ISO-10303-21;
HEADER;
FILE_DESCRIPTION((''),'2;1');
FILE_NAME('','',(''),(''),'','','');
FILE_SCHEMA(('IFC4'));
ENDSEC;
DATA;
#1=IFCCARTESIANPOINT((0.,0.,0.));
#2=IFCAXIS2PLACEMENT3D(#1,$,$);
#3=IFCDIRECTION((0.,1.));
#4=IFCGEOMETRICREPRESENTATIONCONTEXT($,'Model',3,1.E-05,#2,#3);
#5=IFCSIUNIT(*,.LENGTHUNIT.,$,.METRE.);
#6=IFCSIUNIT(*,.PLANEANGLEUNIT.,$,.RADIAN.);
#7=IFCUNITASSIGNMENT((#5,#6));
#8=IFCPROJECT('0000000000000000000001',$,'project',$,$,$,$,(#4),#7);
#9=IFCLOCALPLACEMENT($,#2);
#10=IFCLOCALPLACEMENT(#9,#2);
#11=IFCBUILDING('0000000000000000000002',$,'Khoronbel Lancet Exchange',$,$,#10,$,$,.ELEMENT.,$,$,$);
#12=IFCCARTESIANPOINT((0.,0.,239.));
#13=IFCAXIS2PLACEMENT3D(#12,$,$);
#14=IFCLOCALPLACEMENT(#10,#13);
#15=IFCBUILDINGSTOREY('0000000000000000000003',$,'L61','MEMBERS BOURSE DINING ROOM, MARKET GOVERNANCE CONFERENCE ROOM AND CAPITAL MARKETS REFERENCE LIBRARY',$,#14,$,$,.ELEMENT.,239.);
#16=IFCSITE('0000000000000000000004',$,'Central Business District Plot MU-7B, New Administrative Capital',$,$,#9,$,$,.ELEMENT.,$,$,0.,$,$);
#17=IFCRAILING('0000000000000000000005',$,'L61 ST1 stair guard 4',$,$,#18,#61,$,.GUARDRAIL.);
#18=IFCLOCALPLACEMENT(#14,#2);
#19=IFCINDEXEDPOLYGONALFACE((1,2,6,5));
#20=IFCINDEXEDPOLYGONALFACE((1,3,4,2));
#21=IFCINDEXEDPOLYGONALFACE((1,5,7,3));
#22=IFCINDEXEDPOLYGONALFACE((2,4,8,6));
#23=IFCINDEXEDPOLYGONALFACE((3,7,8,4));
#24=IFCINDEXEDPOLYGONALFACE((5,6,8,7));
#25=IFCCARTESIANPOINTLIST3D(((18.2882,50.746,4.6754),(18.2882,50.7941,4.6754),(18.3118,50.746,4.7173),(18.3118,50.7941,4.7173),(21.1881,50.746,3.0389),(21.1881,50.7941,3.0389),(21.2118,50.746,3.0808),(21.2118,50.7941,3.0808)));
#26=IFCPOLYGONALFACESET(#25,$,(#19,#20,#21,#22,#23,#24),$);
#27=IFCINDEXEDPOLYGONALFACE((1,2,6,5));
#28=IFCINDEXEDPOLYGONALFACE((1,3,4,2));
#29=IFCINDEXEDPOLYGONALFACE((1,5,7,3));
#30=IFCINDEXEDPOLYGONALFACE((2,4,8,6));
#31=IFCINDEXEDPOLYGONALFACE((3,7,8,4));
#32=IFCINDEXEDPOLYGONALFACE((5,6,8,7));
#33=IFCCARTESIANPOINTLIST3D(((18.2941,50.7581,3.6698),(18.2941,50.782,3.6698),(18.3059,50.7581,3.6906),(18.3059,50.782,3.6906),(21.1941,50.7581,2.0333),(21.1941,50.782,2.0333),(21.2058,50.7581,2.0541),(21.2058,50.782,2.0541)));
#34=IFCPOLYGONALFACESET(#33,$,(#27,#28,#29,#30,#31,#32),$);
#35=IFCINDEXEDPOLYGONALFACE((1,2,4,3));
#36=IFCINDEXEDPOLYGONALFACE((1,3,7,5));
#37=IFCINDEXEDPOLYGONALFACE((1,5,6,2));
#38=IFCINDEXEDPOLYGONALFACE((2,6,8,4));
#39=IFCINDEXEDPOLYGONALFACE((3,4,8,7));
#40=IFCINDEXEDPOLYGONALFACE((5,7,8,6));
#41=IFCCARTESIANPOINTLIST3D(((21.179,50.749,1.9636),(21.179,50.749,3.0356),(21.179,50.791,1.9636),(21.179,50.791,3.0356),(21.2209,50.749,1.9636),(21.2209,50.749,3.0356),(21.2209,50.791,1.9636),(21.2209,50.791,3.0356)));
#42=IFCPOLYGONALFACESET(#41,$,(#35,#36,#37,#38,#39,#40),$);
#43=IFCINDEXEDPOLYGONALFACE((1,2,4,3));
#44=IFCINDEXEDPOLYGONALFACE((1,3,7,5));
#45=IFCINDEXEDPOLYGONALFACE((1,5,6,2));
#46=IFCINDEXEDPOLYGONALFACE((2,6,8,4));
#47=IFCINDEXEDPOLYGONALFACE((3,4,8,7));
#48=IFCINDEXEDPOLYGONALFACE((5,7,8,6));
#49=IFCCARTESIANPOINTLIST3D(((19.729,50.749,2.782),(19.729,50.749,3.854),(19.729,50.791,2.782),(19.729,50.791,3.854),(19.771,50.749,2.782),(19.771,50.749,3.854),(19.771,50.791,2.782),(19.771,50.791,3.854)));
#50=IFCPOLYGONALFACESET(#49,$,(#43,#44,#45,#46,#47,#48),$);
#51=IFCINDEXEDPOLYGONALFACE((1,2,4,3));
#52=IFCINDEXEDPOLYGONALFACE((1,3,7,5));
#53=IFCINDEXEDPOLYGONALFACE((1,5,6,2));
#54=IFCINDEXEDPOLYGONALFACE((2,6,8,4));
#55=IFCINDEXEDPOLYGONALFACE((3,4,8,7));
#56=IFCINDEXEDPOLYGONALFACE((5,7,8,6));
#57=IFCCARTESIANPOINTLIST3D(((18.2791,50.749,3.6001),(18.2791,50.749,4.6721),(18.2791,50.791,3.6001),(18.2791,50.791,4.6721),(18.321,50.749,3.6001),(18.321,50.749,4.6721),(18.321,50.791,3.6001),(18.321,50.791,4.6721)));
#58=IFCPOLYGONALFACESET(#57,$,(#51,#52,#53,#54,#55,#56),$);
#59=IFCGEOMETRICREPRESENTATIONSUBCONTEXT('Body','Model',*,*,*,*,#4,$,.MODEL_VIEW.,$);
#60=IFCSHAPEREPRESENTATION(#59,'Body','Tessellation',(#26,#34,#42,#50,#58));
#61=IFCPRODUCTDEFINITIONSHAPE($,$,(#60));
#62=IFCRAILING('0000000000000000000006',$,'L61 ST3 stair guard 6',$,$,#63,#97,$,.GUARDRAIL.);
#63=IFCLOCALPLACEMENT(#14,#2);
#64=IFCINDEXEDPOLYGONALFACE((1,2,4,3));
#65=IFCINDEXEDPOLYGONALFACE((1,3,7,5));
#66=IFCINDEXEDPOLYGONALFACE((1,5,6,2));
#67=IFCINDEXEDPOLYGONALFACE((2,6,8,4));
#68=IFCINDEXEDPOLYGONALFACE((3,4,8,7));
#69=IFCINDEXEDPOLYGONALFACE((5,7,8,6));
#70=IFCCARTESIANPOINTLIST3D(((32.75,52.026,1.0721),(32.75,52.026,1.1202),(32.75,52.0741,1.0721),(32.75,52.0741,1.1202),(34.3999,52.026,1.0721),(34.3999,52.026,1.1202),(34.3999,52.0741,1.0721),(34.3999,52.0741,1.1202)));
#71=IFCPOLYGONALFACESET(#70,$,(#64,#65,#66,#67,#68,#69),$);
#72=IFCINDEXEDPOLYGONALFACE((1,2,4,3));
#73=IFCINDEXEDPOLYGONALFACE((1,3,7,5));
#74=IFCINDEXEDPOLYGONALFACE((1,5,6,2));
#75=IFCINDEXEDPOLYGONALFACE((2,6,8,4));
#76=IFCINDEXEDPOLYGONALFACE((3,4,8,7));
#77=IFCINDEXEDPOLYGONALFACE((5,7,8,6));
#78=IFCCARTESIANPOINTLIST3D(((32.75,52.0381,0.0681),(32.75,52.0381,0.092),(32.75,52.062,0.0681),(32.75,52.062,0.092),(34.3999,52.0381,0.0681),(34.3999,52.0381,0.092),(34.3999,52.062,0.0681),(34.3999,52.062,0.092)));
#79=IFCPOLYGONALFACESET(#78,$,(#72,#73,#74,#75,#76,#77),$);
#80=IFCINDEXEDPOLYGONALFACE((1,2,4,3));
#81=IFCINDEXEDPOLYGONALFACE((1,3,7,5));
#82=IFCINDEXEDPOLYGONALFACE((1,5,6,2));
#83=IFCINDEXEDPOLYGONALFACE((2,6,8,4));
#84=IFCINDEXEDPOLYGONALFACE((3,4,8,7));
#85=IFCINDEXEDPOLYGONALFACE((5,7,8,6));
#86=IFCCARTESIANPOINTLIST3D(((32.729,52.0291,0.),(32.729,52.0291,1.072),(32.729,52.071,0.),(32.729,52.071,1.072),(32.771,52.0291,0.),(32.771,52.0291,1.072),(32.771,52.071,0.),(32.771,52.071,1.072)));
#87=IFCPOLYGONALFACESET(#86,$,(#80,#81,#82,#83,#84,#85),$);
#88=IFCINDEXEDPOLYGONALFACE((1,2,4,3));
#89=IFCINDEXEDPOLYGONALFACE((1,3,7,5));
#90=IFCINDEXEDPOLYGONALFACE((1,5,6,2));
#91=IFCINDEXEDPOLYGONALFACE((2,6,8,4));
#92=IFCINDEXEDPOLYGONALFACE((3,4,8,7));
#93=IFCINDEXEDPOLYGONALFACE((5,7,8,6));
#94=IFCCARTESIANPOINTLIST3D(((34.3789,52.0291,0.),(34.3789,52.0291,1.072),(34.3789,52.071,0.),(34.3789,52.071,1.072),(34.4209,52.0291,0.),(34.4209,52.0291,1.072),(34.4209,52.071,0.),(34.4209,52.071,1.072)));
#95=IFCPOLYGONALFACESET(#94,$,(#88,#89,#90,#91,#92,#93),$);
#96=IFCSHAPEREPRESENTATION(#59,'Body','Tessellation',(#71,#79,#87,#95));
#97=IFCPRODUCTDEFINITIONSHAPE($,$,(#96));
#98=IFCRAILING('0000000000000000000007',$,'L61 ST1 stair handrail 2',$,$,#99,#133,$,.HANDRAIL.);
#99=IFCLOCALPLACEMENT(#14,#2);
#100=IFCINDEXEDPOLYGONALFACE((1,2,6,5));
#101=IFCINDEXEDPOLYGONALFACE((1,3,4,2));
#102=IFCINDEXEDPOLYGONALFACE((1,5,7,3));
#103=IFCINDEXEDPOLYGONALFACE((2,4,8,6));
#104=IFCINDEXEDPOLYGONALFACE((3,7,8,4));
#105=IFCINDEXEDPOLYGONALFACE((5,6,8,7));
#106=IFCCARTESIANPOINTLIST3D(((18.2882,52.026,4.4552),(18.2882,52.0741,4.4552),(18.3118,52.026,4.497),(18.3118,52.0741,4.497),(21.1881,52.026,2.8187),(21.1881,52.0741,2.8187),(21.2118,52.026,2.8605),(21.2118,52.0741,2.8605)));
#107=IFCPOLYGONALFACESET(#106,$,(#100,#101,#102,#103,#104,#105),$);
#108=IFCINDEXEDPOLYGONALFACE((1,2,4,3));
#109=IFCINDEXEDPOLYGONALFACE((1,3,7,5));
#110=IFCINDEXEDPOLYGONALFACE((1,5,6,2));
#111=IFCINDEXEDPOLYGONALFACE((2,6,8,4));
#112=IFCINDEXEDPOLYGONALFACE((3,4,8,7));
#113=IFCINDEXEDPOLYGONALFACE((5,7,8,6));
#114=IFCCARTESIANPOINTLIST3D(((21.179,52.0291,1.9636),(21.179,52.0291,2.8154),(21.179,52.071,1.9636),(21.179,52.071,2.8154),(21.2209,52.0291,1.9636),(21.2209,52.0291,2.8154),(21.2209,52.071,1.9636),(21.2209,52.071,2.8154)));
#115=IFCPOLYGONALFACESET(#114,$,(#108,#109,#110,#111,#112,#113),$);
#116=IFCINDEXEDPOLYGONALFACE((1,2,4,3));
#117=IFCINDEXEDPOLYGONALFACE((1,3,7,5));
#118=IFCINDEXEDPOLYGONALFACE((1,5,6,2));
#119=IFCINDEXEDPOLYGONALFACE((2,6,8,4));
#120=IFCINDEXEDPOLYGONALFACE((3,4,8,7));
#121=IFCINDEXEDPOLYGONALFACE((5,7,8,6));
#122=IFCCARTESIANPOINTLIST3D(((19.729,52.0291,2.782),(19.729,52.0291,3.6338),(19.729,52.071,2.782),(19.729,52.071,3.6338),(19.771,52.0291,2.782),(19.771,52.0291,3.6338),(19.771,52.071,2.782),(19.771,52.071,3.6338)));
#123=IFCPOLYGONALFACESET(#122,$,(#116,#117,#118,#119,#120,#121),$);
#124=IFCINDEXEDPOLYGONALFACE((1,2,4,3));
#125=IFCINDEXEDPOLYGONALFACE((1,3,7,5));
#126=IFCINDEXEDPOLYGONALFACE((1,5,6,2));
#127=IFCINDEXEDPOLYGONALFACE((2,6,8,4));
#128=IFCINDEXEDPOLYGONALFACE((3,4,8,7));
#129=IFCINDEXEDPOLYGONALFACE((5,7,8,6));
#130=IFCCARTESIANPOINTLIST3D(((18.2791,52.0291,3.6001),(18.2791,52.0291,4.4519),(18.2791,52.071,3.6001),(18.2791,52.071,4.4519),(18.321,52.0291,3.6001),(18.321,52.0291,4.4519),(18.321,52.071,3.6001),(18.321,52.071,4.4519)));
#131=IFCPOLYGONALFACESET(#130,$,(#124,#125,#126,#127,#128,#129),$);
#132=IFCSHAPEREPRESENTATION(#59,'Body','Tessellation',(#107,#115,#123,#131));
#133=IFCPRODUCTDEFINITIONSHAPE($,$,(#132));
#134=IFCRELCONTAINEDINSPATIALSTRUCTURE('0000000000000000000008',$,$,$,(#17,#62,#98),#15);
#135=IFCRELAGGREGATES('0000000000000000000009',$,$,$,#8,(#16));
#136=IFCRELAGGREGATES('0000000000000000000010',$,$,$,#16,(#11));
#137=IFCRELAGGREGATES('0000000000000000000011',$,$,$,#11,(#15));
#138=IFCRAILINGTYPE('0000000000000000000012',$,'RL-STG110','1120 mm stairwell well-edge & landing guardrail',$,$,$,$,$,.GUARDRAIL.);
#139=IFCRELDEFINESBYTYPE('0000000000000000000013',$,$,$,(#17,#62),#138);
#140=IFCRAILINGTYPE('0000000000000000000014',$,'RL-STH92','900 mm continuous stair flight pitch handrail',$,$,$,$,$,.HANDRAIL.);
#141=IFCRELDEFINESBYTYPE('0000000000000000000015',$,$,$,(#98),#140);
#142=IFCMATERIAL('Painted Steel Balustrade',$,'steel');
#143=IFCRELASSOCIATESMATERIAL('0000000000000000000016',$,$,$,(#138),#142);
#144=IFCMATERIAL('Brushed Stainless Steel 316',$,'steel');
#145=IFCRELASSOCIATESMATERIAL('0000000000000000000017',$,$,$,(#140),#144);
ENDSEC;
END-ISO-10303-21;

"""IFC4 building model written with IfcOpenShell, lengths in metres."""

from ifc_helpers import new_model, si_unit, direction, frame, origin, origin_2d, place, context, subcontext, project, spatial, rectangle, extrude, material, type_object, element, save


model = new_model("IFC4")

# Units and contexts
model_context = context("Model", 3, precision=1e-05, world=origin(), true_north=direction((0.0, 1.0)))
body_context = subcontext(model_context, "Body", "Model", "MODEL_VIEW")
ifc_project = project(units=[si_unit("LENGTHUNIT", "METRE"), si_unit("PLANEANGLEUNIT", "RADIAN")], contexts=[model_context])

# Site, building, storey
site_placement = place(None, origin())
site = spatial("IfcSite", under=ifc_project, at=site_placement, Name="Central Business District Plot MU-7B, New Administrative Capital", CompositionType="ELEMENT", RefElevation=0.0)
building_placement = place(site_placement, origin())
building = spatial("IfcBuilding", under=site, at=building_placement, Name="Khoronbel Lancet Exchange", CompositionType="ELEMENT")
storey_placement = place(building_placement, frame((0.0, 0.0, 239.0)))
storey = spatial("IfcBuildingStorey", under=building, at=storey_placement, Name="L61", Description="MEMBERS BOURSE DINING ROOM, MARKET GOVERNANCE CONFERENCE ROOM AND CAPITAL MARKETS REFERENCE LIBRARY", CompositionType="ELEMENT", Elevation=239.0)

# Railings
ifc_material_1 = material(Name="Painted Steel Balustrade", Category="steel")
railing_type_1 = type_object("IfcRailingType", Name="RL-STG110", Description="1120 mm stairwell well-edge & landing guardrail", PredefinedType="GUARDRAIL", material=ifc_material_1)
railing_1_placement = place(storey_placement, frame((21.2, 50.77, 1.9636)))
element("IfcRailing", 1, at=railing_1_placement, inside=storey, type_object=railing_type_1, Name="L61 ST1 stair guard 4", PredefinedType="GUARDRAIL", context=body_context, shape_type="SweptSolid", body=[
    extrude(rectangle(XDim=0.0481, YDim=0.0481, at=origin_2d()), frame((0.0, 0.0, 1.0962), z_axis=(-0.870897, 0.0, 0.491465), x_axis=(0.0, -1.0, 0.0)), (0.0, 0.0, 1.0), 3.3298),
    extrude(rectangle(XDim=0.0239, YDim=0.0239, at=origin_2d()), frame((0.0, 0.0, 0.0801), z_axis=(-0.870897, 0.0, 0.491465), x_axis=(0.0, -1.0, 0.0)), (0.0, 0.0, 1.0), 3.3298),
    extrude(rectangle(XDim=0.042, YDim=0.042, at=origin_2d()), origin(), (0.0, 0.0, 1.0), 1.072),
    extrude(rectangle(XDim=0.042, YDim=0.042, at=origin_2d()), frame((-1.45, 0.0, 0.8184)), (0.0, 0.0, 1.0), 1.072),
    extrude(rectangle(XDim=0.042, YDim=0.042, at=origin_2d()), frame((-2.8999, 0.0, 1.6365)), (0.0, 0.0, 1.0), 1.072),
])
railing_2_placement = place(storey_placement, frame((32.75, 52.05, 0.0)))
element("IfcRailing", 2, at=railing_2_placement, inside=storey, type_object=railing_type_1, Name="L61 ST3 stair guard 6", PredefinedType="GUARDRAIL", context=body_context, shape_type="SweptSolid", body=[
    extrude(rectangle(XDim=0.0481, YDim=0.0481, at=origin_2d()), frame((0.0, 0.0, 1.0962), z_axis=(1.0, 0.0, 0.0), x_axis=(0.0, 1.0, 0.0)), (0.0, 0.0, 1.0), 1.6499),
    extrude(rectangle(XDim=0.0239, YDim=0.0239, at=origin_2d()), frame((0.0, 0.0, 0.0801), z_axis=(1.0, 0.0, 0.0), x_axis=(0.0, 1.0, 0.0)), (0.0, 0.0, 1.0), 1.6499),
    extrude(rectangle(XDim=0.042, YDim=0.042, at=origin_2d()), origin(), (0.0, 0.0, 1.0), 1.072),
    extrude(rectangle(XDim=0.042, YDim=0.042, at=origin_2d()), frame((1.6499, 0.0, 0.0)), (0.0, 0.0, 1.0), 1.072),
])
ifc_material_2 = material(Name="Brushed Stainless Steel 316", Category="steel")
railing_type_2 = type_object("IfcRailingType", Name="RL-STH92", Description="900 mm continuous stair flight pitch handrail", PredefinedType="HANDRAIL", material=ifc_material_2)
railing_3_placement = place(storey_placement, frame((21.2, 52.05, 1.9636)))
element("IfcRailing", 3, at=railing_3_placement, inside=storey, type_object=railing_type_2, Name="L61 ST1 stair handrail 2", PredefinedType="HANDRAIL", context=body_context, shape_type="SweptSolid", body=[
    extrude(rectangle(XDim=0.0481, YDim=0.0481, at=origin_2d()), frame((0.0, 0.0, 0.876), z_axis=(-0.870897, 0.0, 0.491465), x_axis=(0.0, -1.0, 0.0)), (0.0, 0.0, 1.0), 3.3298),
    extrude(rectangle(XDim=0.042, YDim=0.042, at=origin_2d()), origin(), (0.0, 0.0, 1.0), 0.8518),
    extrude(rectangle(XDim=0.042, YDim=0.042, at=origin_2d()), frame((-1.45, 0.0, 0.8184)), (0.0, 0.0, 1.0), 0.8518),
    extrude(rectangle(XDim=0.042, YDim=0.042, at=origin_2d()), frame((-2.8999, 0.0, 1.6365)), (0.0, 0.0, 1.0), 0.8518),
])

save(model, "model.ifc")
